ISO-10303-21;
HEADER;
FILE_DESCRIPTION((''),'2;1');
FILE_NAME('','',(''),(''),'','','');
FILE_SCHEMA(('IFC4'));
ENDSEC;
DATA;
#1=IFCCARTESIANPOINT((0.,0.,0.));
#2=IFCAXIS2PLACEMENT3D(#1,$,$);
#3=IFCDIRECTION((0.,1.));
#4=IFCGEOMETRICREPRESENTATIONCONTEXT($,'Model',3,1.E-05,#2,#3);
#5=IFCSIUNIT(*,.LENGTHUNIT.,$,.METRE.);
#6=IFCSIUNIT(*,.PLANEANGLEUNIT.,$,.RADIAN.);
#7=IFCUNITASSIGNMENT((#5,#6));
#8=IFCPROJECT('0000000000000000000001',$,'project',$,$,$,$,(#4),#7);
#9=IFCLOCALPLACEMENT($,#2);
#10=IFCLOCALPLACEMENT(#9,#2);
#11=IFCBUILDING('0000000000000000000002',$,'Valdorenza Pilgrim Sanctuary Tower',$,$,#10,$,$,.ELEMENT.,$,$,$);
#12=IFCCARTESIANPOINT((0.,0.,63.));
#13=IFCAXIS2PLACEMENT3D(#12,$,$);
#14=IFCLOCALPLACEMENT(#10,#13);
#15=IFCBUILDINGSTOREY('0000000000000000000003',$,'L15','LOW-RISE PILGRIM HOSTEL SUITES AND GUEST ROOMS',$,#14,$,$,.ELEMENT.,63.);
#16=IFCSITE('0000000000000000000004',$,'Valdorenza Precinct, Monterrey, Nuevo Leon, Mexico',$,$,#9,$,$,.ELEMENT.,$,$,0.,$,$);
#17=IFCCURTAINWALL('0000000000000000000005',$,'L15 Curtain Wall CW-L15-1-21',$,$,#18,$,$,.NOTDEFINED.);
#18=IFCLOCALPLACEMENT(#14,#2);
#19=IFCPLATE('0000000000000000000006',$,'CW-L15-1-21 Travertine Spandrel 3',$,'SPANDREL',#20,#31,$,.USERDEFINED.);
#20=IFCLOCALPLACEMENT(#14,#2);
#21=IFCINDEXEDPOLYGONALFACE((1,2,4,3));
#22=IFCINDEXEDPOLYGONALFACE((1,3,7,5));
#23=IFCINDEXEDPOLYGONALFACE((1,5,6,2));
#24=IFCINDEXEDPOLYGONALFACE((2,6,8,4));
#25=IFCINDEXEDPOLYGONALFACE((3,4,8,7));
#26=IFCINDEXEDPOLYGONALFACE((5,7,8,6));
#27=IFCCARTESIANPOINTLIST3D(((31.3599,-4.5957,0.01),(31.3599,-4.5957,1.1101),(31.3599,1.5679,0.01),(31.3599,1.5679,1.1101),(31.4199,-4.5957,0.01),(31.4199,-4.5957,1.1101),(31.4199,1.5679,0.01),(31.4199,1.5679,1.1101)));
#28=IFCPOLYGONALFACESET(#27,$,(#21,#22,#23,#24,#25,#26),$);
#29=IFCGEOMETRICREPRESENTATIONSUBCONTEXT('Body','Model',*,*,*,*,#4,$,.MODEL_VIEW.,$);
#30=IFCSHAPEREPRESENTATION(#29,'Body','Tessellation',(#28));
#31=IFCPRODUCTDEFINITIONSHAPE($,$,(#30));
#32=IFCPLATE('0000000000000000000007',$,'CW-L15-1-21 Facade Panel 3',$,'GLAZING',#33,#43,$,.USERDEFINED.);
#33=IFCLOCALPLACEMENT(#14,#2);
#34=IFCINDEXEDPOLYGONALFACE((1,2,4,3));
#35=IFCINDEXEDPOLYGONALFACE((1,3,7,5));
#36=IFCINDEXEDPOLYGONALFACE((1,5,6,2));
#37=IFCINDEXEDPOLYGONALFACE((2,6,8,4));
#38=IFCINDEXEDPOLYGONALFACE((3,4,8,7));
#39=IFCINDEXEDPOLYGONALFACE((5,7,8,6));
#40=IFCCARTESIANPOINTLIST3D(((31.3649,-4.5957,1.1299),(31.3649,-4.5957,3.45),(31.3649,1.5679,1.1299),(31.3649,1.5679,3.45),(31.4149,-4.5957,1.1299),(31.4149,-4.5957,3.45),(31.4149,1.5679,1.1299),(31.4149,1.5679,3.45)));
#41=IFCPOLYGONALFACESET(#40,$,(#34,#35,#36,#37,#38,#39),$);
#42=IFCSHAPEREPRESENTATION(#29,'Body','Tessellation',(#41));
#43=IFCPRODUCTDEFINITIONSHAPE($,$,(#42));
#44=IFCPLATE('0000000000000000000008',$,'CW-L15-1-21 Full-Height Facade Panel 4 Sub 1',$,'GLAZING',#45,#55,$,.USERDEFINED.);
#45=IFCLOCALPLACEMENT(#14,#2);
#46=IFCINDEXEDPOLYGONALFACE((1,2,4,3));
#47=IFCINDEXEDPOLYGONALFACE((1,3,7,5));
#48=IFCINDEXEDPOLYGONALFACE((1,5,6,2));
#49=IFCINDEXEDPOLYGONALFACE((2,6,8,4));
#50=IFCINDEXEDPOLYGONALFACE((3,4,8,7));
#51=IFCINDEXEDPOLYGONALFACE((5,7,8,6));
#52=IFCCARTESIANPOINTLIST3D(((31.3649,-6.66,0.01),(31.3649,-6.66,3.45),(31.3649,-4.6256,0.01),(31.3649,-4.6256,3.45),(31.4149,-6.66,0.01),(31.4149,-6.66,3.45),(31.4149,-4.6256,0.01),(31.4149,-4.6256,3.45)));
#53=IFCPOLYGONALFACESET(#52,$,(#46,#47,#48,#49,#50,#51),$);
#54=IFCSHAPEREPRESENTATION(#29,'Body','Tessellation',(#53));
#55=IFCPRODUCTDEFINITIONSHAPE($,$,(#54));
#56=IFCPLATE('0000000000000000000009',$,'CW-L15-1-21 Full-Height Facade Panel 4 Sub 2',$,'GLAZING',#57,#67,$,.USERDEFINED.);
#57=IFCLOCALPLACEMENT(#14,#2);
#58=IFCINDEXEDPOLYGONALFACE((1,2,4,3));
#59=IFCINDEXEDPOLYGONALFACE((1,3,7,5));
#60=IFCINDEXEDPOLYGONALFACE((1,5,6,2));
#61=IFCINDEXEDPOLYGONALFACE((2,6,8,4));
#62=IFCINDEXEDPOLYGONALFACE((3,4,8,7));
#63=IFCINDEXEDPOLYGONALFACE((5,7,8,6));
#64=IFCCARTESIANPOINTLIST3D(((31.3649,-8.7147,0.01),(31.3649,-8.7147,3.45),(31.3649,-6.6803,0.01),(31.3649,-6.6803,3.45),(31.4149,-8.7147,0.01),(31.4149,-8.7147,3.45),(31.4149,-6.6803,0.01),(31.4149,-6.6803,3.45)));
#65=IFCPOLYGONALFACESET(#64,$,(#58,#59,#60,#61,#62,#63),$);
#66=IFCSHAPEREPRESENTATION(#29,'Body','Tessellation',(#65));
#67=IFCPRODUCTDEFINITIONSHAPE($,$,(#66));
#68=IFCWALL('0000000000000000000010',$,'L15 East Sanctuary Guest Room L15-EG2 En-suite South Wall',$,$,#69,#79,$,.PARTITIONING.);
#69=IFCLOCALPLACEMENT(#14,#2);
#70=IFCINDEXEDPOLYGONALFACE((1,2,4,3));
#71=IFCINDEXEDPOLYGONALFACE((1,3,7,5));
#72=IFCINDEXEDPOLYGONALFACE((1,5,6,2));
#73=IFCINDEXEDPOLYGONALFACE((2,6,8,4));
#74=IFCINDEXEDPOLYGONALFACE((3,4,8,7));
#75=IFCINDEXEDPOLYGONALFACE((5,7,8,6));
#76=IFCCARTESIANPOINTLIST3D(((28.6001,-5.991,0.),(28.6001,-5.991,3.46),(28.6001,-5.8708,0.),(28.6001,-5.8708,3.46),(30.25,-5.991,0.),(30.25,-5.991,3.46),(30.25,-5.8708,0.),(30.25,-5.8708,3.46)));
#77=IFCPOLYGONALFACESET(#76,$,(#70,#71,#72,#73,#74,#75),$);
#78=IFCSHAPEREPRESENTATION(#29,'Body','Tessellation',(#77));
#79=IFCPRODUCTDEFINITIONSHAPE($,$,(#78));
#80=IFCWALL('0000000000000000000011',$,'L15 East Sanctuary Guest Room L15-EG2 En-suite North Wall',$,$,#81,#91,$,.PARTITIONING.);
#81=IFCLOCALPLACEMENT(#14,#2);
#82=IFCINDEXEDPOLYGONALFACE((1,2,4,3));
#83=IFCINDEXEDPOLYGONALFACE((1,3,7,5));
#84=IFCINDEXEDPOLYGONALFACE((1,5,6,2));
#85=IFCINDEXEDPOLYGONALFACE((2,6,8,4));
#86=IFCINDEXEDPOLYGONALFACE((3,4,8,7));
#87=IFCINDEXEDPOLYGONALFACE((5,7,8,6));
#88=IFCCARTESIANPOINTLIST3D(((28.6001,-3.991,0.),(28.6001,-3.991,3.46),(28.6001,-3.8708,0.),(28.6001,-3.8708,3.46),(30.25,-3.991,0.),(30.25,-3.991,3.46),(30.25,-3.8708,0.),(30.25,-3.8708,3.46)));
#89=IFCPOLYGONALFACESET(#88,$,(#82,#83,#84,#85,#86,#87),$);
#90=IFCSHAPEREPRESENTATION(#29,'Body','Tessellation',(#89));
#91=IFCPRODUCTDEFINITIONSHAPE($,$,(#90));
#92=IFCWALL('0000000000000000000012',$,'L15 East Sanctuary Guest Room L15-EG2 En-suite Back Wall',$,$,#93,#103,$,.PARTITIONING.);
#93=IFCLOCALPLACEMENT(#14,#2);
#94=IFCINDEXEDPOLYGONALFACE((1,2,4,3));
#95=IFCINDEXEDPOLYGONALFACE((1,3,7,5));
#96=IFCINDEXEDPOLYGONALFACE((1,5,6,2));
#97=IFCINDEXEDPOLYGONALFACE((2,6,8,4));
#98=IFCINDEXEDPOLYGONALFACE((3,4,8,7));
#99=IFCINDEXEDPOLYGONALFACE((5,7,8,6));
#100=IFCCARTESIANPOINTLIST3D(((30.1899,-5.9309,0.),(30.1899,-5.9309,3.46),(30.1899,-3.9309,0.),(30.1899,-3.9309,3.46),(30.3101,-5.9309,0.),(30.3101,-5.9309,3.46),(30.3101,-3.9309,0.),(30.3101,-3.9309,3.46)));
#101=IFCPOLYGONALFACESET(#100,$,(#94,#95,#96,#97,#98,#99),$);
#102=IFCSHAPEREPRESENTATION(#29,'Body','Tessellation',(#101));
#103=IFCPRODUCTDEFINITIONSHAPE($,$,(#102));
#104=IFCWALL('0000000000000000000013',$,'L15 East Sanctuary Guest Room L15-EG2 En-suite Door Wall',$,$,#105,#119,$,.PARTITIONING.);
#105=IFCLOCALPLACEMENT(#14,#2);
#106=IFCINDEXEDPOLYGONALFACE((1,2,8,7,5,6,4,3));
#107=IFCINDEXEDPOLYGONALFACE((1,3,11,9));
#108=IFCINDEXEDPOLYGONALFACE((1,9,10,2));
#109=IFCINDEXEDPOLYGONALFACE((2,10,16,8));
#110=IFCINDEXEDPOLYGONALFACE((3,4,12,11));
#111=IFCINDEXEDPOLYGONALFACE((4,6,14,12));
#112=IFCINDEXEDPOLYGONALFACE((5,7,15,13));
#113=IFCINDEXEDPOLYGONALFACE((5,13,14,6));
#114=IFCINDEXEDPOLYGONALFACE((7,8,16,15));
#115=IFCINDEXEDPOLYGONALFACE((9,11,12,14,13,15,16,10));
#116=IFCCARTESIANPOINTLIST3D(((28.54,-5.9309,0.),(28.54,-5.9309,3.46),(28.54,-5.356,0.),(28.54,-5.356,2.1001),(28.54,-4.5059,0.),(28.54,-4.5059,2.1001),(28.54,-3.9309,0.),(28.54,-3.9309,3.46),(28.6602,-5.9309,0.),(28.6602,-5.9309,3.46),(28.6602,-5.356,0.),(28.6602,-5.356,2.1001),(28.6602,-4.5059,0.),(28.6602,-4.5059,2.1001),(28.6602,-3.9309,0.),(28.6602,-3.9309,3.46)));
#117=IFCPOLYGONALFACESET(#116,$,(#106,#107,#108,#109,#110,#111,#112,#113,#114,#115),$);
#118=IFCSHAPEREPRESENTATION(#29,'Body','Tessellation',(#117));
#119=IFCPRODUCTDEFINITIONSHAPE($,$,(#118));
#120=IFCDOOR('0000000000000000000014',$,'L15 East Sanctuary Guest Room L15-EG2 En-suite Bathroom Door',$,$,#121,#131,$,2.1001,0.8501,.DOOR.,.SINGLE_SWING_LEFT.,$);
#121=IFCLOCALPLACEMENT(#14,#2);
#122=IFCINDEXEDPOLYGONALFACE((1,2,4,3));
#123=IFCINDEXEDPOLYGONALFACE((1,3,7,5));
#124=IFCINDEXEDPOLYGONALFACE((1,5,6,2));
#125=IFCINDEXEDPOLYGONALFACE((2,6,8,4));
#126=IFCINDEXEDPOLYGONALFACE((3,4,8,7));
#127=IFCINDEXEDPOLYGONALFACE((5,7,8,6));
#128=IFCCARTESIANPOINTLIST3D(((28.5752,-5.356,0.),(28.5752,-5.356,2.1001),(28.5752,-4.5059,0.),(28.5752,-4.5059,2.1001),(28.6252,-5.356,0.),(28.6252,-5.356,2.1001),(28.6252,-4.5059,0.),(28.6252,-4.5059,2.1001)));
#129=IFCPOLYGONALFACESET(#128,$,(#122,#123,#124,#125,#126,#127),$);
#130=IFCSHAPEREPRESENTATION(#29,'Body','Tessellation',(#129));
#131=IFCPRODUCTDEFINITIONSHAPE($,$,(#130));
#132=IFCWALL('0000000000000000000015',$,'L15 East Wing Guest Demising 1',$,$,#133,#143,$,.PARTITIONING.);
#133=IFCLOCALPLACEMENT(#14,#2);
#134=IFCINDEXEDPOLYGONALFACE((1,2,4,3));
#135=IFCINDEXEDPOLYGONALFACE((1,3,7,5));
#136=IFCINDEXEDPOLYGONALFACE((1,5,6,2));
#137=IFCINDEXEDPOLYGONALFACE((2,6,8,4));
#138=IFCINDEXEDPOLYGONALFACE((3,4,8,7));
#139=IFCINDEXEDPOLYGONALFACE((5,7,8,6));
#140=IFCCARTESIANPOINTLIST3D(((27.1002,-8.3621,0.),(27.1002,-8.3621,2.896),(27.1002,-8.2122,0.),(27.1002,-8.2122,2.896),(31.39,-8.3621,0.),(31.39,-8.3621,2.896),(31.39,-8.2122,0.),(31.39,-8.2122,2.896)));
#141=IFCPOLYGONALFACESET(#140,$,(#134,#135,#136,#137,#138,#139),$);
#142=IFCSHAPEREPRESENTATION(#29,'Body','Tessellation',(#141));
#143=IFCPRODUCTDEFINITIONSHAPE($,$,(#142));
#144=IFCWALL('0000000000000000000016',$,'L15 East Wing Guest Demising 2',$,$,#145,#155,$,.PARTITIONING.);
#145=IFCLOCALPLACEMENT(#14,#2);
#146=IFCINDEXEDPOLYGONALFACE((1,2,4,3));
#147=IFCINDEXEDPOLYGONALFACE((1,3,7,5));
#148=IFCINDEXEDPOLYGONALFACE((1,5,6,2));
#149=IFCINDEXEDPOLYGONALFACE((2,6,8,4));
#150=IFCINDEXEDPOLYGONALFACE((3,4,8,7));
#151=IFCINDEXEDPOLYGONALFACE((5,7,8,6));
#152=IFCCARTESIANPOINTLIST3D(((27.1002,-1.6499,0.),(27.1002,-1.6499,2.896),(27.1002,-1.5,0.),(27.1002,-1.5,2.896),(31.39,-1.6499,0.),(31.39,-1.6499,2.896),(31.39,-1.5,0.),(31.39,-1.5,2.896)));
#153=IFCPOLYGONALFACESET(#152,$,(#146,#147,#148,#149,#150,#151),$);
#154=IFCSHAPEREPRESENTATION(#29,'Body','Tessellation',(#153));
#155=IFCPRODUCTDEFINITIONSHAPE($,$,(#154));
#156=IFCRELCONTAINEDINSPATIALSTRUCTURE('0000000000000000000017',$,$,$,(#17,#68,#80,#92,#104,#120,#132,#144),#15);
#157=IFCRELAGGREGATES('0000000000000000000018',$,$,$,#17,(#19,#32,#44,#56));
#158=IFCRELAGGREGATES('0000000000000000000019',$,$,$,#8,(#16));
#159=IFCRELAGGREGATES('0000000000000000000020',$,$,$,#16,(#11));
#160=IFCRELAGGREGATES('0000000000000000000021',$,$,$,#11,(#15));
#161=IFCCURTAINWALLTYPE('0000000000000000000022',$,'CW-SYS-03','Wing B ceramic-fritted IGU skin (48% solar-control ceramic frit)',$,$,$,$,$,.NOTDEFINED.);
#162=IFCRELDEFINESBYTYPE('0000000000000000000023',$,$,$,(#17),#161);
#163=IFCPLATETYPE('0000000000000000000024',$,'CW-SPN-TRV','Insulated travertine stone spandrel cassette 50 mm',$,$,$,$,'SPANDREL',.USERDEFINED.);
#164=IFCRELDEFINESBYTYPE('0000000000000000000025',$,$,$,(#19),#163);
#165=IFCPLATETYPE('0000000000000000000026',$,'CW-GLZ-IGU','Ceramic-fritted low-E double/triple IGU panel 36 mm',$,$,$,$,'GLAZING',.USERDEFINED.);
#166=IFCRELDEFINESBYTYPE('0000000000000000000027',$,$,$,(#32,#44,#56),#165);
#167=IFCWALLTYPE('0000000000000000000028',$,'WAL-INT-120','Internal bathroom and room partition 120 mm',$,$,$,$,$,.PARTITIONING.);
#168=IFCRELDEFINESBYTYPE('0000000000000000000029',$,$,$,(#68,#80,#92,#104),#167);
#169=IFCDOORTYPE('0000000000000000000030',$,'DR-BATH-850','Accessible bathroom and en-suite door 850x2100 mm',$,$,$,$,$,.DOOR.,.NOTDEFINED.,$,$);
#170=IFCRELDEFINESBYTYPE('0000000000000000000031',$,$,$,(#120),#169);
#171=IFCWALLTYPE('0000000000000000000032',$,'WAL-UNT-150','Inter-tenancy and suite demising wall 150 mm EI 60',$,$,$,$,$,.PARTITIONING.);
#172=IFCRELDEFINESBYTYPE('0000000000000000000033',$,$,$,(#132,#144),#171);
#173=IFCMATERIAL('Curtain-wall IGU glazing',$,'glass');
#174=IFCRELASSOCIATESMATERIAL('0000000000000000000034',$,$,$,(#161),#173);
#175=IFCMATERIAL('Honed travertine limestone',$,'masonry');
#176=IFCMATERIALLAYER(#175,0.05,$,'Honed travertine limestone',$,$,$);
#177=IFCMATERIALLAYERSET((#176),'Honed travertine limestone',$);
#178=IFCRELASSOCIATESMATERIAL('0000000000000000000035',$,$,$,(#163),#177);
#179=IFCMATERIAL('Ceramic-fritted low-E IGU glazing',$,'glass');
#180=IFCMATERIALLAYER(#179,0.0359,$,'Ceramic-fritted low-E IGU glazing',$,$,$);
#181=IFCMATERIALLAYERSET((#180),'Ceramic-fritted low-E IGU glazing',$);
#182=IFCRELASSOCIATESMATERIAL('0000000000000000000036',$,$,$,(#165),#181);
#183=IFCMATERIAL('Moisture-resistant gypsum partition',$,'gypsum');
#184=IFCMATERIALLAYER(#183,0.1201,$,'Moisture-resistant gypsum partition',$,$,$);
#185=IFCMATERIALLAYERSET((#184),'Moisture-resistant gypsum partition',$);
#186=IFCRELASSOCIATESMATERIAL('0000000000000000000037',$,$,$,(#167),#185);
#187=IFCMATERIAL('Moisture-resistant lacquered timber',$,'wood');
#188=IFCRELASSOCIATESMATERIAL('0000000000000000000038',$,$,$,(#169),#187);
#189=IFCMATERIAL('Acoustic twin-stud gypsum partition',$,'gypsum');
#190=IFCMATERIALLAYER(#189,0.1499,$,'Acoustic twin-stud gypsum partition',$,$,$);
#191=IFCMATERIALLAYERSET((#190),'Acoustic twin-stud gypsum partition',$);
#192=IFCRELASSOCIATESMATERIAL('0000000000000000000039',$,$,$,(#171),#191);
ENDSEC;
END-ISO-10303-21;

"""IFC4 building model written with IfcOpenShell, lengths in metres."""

from ifc_helpers import new_model, si_unit, direction, frame, frame_2d, origin, origin_2d, place, context, subcontext, project, spatial, rectangle, extrude, source, transform, mapped, material, layer, layer_set, type_object, element, fill, aggregate, save


model = new_model("IFC4")

# Units and contexts
model_context = context("Model", 3, precision=1e-05, world=origin(), true_north=direction((0.0, 1.0)))
body_context = subcontext(model_context, "Body", "Model", "MODEL_VIEW")
ifc_project = project(units=[si_unit("LENGTHUNIT", "METRE"), si_unit("PLANEANGLEUNIT", "RADIAN")], contexts=[model_context])

# Site, building, storey
site_placement = place(None, origin())
site = spatial("IfcSite", under=ifc_project, at=site_placement, Name="Valdorenza Precinct, Monterrey, Nuevo Leon, Mexico", CompositionType="ELEMENT", RefElevation=0.0)
building_placement = place(site_placement, origin())
building = spatial("IfcBuilding", under=site, at=building_placement, Name="Valdorenza Pilgrim Sanctuary Tower", CompositionType="ELEMENT")
storey_placement = place(building_placement, frame((0.0, 0.0, 63.0)))
storey = spatial("IfcBuildingStorey", under=building, at=storey_placement, Name="L15", Description="LOW-RISE PILGRIM HOSTEL SUITES AND GUEST ROOMS", CompositionType="ELEMENT", Elevation=63.0)

# Curtain wall, plates
ifc_material_1 = material(Name="Curtain-wall IGU glazing", Category="glass")
curtain_wall_type = type_object("IfcCurtainWallType", Name="CW-SYS-03", Description="Wing B ceramic-fritted IGU skin (48% solar-control ceramic frit)", PredefinedType="NOTDEFINED", material=ifc_material_1)
curtain_wall_placement = place(storey_placement, origin())
curtain_wall = element("IfcCurtainWall", 1, at=curtain_wall_placement, inside=storey, type_object=curtain_wall_type, Name="L15 Curtain Wall CW-L15-1-21", PredefinedType="NOTDEFINED")
ifc_material_2 = material(Name="Honed travertine limestone", Category="masonry")
ifc_layer_1 = layer(ifc_material_2, 0.05, Name="Honed travertine limestone")
ifc_layer_set_1 = layer_set([ifc_layer_1], Name="Honed travertine limestone")
plate_type_1 = type_object("IfcPlateType", Name="CW-SPN-TRV", Description="Insulated travertine stone spandrel cassette 50 mm", ElementType="SPANDREL", PredefinedType="USERDEFINED", material=ifc_layer_set_1)
shared_shape_1 = source(origin(), body_context, "Body", "SweptSolid", [
    extrude(rectangle(XDim=6.1636, YDim=0.0601, at=origin_2d()), origin(), (0.0, 0.0, 1.0), 1.1001),
])
plate_1_placement = place(storey_placement, frame((31.3899, -1.5139, 0.01), z_axis=(0.0, 0.0, 1.0), x_axis=(0.0, -1.0, 0.0)))
plate_1 = element("IfcPlate", 2, at=plate_1_placement, type_object=plate_type_1, Name="CW-L15-1-21 Travertine Spandrel 3", ObjectType="SPANDREL", PredefinedType="USERDEFINED", context=body_context, shape_type="MappedRepresentation", body=[
    mapped(shared_shape_1, transform((0.0, 0.0, 0.0), x_axis=(1.0, 0.0, 0.0), y_axis=(0.0, 1.0, 0.0), z_axis=(0.0, 0.0, 1.0), scale=1.0)),
])
ifc_material_3 = material(Name="Ceramic-fritted low-E IGU glazing", Category="glass")
ifc_layer_2 = layer(ifc_material_3, 0.0359, Name="Ceramic-fritted low-E IGU glazing")
ifc_layer_set_2 = layer_set([ifc_layer_2], Name="Ceramic-fritted low-E IGU glazing")
plate_type_2 = type_object("IfcPlateType", Name="CW-GLZ-IGU", Description="Ceramic-fritted low-E double/triple IGU panel 36 mm", ElementType="GLAZING", PredefinedType="USERDEFINED", material=ifc_layer_set_2)
shared_shape_2 = source(origin(), body_context, "Body", "SweptSolid", [
    extrude(rectangle(XDim=6.1636, YDim=0.05, at=origin_2d()), origin(), (0.0, 0.0, 1.0), 2.3201),
])
plate_2_placement = place(storey_placement, frame((31.3899, -1.5139, 1.1299), z_axis=(0.0, 0.0, 1.0), x_axis=(0.0, -1.0, 0.0)))
plate_2 = element("IfcPlate", 3, at=plate_2_placement, type_object=plate_type_2, Name="CW-L15-1-21 Facade Panel 3", ObjectType="GLAZING", PredefinedType="USERDEFINED", context=body_context, shape_type="MappedRepresentation", body=[
    mapped(shared_shape_2, transform((0.0, 0.0, 0.0), x_axis=(1.0, 0.0, 0.0), y_axis=(0.0, 1.0, 0.0), z_axis=(0.0, 0.0, 1.0), scale=1.0)),
])
shared_shape_3 = source(origin(), body_context, "Body", "SweptSolid", [
    extrude(rectangle(XDim=2.0344, YDim=0.05, at=origin_2d()), origin(), (0.0, 0.0, 1.0), 3.4399),
])
plate_3_placement = place(storey_placement, frame((31.3899, -5.6428, 0.01), z_axis=(0.0, 0.0, 1.0), x_axis=(0.0, -1.0, 0.0)))
plate_3 = element("IfcPlate", 4, at=plate_3_placement, type_object=plate_type_2, Name="CW-L15-1-21 Full-Height Facade Panel 4 Sub 1", ObjectType="GLAZING", PredefinedType="USERDEFINED", context=body_context, shape_type="MappedRepresentation", body=[
    mapped(shared_shape_3, transform((0.0, 0.0, 0.0), x_axis=(1.0, 0.0, 0.0), y_axis=(0.0, 1.0, 0.0), z_axis=(0.0, 0.0, 1.0), scale=1.0)),
])
plate_4_placement = place(storey_placement, frame((31.3899, -7.6975, 0.01), z_axis=(0.0, 0.0, 1.0), x_axis=(0.0, -1.0, 0.0)))
plate_4 = element("IfcPlate", 5, at=plate_4_placement, type_object=plate_type_2, Name="CW-L15-1-21 Full-Height Facade Panel 4 Sub 2", ObjectType="GLAZING", PredefinedType="USERDEFINED", context=body_context, shape_type="MappedRepresentation", body=[
    mapped(shared_shape_3, transform((0.0, 0.0, 0.0), x_axis=(1.0, 0.0, 0.0), y_axis=(0.0, 1.0, 0.0), z_axis=(0.0, 0.0, 1.0), scale=1.0)),
])
aggregate(curtain_wall, [plate_1, plate_2, plate_3, plate_4])

# Walls
ifc_material_4 = material(Name="Moisture-resistant gypsum partition", Category="gypsum")
ifc_layer_3 = layer(ifc_material_4, 0.1201, Name="Moisture-resistant gypsum partition")
ifc_layer_set_3 = layer_set([ifc_layer_3], Name="Moisture-resistant gypsum partition")
wall_type_1 = type_object("IfcWallType", Name="WAL-INT-120", Description="Internal bathroom and room partition 120 mm", PredefinedType="PARTITIONING", material=ifc_layer_set_3)
for number, where, z_axis, x_axis, name in (
    (6, (28.6001, -5.9309, 0.0), (0.0, 0.0, 1.0), (1.0, 0.0, 0.0), "L15 East Sanctuary Guest Room L15-EG2 En-suite South Wall"),
    (7, (28.6001, -3.9309, 0.0), (0.0, 0.0, 1.0), (1.0, 0.0, 0.0), "L15 East Sanctuary Guest Room L15-EG2 En-suite North Wall"),
):
    element("IfcWall", number, at=place(storey_placement, frame(where, z_axis=z_axis, x_axis=x_axis)), inside=storey, type_object=wall_type_1, Name=name, PredefinedType="PARTITIONING", context=body_context, shape_type="SweptSolid", body=[
        extrude(rectangle(XDim=1.6499, YDim=0.1201, at=frame_2d((0.825, 0.0))), origin(), (0.0, 0.0, 1.0), 3.46),
    ])
wall_1_placement = place(storey_placement, frame((30.25, -5.9309, 0.0), z_axis=(0.0, 0.0, 1.0), x_axis=(0.0, 1.0, 0.0)))
element("IfcWall", 8, at=wall_1_placement, inside=storey, type_object=wall_type_1, Name="L15 East Sanctuary Guest Room L15-EG2 En-suite Back Wall", PredefinedType="PARTITIONING", context=body_context, shape_type="SweptSolid", body=[
    extrude(rectangle(XDim=2.0, YDim=0.1201, at=frame_2d((1.0, 0.0))), origin(), (0.0, 0.0, 1.0), 3.46),
])

# Wall, opening, door
wall_2_placement = place(storey_placement, frame((28.6001, -5.9309, 0.0), z_axis=(0.0, 0.0, 1.0), x_axis=(0.0, 1.0, 0.0)))
wall_2 = element("IfcWall", 9, at=wall_2_placement, inside=storey, type_object=wall_type_1, Name="L15 East Sanctuary Guest Room L15-EG2 En-suite Door Wall", PredefinedType="PARTITIONING", context=body_context, shape_type="SweptSolid", body=[
    extrude(rectangle(XDim=2.0, YDim=0.1201, at=frame_2d((1.0, 0.0))), origin(), (0.0, 0.0, 1.0), 3.46),
])
opening_placement = place(wall_2_placement, frame((0.575, 0.0, 0.0)))
opening = element("IfcOpeningElement", 10, at=opening_placement, cuts=wall_2, PredefinedType="OPENING", context=body_context, shape_type="SweptSolid", body=[
    extrude(rectangle(XDim=0.8501, YDim=2.1001, at=frame_2d((0.425, 1.05))), frame((0.0, 0.075, 0.0), z_axis=(0.0, -1.0, 0.0), x_axis=(1.0, 0.0, 0.0)), (0.0, 0.0, 1.0), 0.1499),
])
ifc_material_5 = material(Name="Moisture-resistant lacquered timber", Category="wood")
door_type = type_object("IfcDoorType", Name="DR-BATH-850", Description="Accessible bathroom and en-suite door 850x2100 mm", OperationType="NOTDEFINED", PredefinedType="DOOR", material=ifc_material_5)
door_placement = place(opening_placement, origin())
door = element("IfcDoor", 11, at=door_placement, inside=storey, type_object=door_type, Name="L15 East Sanctuary Guest Room L15-EG2 En-suite Bathroom Door", OperationType="SINGLE_SWING_LEFT", OverallHeight=2.1001, OverallWidth=0.8501, PredefinedType="DOOR", context=body_context, shape_type="SweptSolid", body=[
    extrude(rectangle(XDim=0.8501, YDim=2.1001, at=frame_2d((0.425, 1.05))), frame((0.0, 0.0249, 0.0), z_axis=(0.0, -1.0, 0.0), x_axis=(1.0, 0.0, 0.0)), (0.0, 0.0, 1.0), 0.05),
])
fill(opening, door)

# Walls
ifc_material_6 = material(Name="Acoustic twin-stud gypsum partition", Category="gypsum")
ifc_layer_4 = layer(ifc_material_6, 0.1499, Name="Acoustic twin-stud gypsum partition")
ifc_layer_set_4 = layer_set([ifc_layer_4], Name="Acoustic twin-stud gypsum partition")
wall_type_2 = type_object("IfcWallType", Name="WAL-UNT-150", Description="Inter-tenancy and suite demising wall 150 mm EI 60", PredefinedType="PARTITIONING", material=ifc_layer_set_4)
for number, where, z_axis, x_axis, name in (
    (12, (27.1001, -8.2871, 0.0), (0.0, 0.0, 1.0), (1.0, 0.0, 0.0), "L15 East Wing Guest Demising 1"),
    (13, (27.1001, -1.575, 0.0), (0.0, 0.0, 1.0), (1.0, 0.0, 0.0), "L15 East Wing Guest Demising 2"),
):
    element("IfcWall", number, at=place(storey_placement, frame(where, z_axis=z_axis, x_axis=x_axis)), inside=storey, type_object=wall_type_2, Name=name, PredefinedType="PARTITIONING", context=body_context, shape_type="SweptSolid", body=[
        extrude(rectangle(XDim=4.2898, YDim=0.1499, at=frame_2d((2.145, 0.0))), origin(), (0.0, 0.0, 1.0), 2.896),
    ])

save(model, "model.ifc")
